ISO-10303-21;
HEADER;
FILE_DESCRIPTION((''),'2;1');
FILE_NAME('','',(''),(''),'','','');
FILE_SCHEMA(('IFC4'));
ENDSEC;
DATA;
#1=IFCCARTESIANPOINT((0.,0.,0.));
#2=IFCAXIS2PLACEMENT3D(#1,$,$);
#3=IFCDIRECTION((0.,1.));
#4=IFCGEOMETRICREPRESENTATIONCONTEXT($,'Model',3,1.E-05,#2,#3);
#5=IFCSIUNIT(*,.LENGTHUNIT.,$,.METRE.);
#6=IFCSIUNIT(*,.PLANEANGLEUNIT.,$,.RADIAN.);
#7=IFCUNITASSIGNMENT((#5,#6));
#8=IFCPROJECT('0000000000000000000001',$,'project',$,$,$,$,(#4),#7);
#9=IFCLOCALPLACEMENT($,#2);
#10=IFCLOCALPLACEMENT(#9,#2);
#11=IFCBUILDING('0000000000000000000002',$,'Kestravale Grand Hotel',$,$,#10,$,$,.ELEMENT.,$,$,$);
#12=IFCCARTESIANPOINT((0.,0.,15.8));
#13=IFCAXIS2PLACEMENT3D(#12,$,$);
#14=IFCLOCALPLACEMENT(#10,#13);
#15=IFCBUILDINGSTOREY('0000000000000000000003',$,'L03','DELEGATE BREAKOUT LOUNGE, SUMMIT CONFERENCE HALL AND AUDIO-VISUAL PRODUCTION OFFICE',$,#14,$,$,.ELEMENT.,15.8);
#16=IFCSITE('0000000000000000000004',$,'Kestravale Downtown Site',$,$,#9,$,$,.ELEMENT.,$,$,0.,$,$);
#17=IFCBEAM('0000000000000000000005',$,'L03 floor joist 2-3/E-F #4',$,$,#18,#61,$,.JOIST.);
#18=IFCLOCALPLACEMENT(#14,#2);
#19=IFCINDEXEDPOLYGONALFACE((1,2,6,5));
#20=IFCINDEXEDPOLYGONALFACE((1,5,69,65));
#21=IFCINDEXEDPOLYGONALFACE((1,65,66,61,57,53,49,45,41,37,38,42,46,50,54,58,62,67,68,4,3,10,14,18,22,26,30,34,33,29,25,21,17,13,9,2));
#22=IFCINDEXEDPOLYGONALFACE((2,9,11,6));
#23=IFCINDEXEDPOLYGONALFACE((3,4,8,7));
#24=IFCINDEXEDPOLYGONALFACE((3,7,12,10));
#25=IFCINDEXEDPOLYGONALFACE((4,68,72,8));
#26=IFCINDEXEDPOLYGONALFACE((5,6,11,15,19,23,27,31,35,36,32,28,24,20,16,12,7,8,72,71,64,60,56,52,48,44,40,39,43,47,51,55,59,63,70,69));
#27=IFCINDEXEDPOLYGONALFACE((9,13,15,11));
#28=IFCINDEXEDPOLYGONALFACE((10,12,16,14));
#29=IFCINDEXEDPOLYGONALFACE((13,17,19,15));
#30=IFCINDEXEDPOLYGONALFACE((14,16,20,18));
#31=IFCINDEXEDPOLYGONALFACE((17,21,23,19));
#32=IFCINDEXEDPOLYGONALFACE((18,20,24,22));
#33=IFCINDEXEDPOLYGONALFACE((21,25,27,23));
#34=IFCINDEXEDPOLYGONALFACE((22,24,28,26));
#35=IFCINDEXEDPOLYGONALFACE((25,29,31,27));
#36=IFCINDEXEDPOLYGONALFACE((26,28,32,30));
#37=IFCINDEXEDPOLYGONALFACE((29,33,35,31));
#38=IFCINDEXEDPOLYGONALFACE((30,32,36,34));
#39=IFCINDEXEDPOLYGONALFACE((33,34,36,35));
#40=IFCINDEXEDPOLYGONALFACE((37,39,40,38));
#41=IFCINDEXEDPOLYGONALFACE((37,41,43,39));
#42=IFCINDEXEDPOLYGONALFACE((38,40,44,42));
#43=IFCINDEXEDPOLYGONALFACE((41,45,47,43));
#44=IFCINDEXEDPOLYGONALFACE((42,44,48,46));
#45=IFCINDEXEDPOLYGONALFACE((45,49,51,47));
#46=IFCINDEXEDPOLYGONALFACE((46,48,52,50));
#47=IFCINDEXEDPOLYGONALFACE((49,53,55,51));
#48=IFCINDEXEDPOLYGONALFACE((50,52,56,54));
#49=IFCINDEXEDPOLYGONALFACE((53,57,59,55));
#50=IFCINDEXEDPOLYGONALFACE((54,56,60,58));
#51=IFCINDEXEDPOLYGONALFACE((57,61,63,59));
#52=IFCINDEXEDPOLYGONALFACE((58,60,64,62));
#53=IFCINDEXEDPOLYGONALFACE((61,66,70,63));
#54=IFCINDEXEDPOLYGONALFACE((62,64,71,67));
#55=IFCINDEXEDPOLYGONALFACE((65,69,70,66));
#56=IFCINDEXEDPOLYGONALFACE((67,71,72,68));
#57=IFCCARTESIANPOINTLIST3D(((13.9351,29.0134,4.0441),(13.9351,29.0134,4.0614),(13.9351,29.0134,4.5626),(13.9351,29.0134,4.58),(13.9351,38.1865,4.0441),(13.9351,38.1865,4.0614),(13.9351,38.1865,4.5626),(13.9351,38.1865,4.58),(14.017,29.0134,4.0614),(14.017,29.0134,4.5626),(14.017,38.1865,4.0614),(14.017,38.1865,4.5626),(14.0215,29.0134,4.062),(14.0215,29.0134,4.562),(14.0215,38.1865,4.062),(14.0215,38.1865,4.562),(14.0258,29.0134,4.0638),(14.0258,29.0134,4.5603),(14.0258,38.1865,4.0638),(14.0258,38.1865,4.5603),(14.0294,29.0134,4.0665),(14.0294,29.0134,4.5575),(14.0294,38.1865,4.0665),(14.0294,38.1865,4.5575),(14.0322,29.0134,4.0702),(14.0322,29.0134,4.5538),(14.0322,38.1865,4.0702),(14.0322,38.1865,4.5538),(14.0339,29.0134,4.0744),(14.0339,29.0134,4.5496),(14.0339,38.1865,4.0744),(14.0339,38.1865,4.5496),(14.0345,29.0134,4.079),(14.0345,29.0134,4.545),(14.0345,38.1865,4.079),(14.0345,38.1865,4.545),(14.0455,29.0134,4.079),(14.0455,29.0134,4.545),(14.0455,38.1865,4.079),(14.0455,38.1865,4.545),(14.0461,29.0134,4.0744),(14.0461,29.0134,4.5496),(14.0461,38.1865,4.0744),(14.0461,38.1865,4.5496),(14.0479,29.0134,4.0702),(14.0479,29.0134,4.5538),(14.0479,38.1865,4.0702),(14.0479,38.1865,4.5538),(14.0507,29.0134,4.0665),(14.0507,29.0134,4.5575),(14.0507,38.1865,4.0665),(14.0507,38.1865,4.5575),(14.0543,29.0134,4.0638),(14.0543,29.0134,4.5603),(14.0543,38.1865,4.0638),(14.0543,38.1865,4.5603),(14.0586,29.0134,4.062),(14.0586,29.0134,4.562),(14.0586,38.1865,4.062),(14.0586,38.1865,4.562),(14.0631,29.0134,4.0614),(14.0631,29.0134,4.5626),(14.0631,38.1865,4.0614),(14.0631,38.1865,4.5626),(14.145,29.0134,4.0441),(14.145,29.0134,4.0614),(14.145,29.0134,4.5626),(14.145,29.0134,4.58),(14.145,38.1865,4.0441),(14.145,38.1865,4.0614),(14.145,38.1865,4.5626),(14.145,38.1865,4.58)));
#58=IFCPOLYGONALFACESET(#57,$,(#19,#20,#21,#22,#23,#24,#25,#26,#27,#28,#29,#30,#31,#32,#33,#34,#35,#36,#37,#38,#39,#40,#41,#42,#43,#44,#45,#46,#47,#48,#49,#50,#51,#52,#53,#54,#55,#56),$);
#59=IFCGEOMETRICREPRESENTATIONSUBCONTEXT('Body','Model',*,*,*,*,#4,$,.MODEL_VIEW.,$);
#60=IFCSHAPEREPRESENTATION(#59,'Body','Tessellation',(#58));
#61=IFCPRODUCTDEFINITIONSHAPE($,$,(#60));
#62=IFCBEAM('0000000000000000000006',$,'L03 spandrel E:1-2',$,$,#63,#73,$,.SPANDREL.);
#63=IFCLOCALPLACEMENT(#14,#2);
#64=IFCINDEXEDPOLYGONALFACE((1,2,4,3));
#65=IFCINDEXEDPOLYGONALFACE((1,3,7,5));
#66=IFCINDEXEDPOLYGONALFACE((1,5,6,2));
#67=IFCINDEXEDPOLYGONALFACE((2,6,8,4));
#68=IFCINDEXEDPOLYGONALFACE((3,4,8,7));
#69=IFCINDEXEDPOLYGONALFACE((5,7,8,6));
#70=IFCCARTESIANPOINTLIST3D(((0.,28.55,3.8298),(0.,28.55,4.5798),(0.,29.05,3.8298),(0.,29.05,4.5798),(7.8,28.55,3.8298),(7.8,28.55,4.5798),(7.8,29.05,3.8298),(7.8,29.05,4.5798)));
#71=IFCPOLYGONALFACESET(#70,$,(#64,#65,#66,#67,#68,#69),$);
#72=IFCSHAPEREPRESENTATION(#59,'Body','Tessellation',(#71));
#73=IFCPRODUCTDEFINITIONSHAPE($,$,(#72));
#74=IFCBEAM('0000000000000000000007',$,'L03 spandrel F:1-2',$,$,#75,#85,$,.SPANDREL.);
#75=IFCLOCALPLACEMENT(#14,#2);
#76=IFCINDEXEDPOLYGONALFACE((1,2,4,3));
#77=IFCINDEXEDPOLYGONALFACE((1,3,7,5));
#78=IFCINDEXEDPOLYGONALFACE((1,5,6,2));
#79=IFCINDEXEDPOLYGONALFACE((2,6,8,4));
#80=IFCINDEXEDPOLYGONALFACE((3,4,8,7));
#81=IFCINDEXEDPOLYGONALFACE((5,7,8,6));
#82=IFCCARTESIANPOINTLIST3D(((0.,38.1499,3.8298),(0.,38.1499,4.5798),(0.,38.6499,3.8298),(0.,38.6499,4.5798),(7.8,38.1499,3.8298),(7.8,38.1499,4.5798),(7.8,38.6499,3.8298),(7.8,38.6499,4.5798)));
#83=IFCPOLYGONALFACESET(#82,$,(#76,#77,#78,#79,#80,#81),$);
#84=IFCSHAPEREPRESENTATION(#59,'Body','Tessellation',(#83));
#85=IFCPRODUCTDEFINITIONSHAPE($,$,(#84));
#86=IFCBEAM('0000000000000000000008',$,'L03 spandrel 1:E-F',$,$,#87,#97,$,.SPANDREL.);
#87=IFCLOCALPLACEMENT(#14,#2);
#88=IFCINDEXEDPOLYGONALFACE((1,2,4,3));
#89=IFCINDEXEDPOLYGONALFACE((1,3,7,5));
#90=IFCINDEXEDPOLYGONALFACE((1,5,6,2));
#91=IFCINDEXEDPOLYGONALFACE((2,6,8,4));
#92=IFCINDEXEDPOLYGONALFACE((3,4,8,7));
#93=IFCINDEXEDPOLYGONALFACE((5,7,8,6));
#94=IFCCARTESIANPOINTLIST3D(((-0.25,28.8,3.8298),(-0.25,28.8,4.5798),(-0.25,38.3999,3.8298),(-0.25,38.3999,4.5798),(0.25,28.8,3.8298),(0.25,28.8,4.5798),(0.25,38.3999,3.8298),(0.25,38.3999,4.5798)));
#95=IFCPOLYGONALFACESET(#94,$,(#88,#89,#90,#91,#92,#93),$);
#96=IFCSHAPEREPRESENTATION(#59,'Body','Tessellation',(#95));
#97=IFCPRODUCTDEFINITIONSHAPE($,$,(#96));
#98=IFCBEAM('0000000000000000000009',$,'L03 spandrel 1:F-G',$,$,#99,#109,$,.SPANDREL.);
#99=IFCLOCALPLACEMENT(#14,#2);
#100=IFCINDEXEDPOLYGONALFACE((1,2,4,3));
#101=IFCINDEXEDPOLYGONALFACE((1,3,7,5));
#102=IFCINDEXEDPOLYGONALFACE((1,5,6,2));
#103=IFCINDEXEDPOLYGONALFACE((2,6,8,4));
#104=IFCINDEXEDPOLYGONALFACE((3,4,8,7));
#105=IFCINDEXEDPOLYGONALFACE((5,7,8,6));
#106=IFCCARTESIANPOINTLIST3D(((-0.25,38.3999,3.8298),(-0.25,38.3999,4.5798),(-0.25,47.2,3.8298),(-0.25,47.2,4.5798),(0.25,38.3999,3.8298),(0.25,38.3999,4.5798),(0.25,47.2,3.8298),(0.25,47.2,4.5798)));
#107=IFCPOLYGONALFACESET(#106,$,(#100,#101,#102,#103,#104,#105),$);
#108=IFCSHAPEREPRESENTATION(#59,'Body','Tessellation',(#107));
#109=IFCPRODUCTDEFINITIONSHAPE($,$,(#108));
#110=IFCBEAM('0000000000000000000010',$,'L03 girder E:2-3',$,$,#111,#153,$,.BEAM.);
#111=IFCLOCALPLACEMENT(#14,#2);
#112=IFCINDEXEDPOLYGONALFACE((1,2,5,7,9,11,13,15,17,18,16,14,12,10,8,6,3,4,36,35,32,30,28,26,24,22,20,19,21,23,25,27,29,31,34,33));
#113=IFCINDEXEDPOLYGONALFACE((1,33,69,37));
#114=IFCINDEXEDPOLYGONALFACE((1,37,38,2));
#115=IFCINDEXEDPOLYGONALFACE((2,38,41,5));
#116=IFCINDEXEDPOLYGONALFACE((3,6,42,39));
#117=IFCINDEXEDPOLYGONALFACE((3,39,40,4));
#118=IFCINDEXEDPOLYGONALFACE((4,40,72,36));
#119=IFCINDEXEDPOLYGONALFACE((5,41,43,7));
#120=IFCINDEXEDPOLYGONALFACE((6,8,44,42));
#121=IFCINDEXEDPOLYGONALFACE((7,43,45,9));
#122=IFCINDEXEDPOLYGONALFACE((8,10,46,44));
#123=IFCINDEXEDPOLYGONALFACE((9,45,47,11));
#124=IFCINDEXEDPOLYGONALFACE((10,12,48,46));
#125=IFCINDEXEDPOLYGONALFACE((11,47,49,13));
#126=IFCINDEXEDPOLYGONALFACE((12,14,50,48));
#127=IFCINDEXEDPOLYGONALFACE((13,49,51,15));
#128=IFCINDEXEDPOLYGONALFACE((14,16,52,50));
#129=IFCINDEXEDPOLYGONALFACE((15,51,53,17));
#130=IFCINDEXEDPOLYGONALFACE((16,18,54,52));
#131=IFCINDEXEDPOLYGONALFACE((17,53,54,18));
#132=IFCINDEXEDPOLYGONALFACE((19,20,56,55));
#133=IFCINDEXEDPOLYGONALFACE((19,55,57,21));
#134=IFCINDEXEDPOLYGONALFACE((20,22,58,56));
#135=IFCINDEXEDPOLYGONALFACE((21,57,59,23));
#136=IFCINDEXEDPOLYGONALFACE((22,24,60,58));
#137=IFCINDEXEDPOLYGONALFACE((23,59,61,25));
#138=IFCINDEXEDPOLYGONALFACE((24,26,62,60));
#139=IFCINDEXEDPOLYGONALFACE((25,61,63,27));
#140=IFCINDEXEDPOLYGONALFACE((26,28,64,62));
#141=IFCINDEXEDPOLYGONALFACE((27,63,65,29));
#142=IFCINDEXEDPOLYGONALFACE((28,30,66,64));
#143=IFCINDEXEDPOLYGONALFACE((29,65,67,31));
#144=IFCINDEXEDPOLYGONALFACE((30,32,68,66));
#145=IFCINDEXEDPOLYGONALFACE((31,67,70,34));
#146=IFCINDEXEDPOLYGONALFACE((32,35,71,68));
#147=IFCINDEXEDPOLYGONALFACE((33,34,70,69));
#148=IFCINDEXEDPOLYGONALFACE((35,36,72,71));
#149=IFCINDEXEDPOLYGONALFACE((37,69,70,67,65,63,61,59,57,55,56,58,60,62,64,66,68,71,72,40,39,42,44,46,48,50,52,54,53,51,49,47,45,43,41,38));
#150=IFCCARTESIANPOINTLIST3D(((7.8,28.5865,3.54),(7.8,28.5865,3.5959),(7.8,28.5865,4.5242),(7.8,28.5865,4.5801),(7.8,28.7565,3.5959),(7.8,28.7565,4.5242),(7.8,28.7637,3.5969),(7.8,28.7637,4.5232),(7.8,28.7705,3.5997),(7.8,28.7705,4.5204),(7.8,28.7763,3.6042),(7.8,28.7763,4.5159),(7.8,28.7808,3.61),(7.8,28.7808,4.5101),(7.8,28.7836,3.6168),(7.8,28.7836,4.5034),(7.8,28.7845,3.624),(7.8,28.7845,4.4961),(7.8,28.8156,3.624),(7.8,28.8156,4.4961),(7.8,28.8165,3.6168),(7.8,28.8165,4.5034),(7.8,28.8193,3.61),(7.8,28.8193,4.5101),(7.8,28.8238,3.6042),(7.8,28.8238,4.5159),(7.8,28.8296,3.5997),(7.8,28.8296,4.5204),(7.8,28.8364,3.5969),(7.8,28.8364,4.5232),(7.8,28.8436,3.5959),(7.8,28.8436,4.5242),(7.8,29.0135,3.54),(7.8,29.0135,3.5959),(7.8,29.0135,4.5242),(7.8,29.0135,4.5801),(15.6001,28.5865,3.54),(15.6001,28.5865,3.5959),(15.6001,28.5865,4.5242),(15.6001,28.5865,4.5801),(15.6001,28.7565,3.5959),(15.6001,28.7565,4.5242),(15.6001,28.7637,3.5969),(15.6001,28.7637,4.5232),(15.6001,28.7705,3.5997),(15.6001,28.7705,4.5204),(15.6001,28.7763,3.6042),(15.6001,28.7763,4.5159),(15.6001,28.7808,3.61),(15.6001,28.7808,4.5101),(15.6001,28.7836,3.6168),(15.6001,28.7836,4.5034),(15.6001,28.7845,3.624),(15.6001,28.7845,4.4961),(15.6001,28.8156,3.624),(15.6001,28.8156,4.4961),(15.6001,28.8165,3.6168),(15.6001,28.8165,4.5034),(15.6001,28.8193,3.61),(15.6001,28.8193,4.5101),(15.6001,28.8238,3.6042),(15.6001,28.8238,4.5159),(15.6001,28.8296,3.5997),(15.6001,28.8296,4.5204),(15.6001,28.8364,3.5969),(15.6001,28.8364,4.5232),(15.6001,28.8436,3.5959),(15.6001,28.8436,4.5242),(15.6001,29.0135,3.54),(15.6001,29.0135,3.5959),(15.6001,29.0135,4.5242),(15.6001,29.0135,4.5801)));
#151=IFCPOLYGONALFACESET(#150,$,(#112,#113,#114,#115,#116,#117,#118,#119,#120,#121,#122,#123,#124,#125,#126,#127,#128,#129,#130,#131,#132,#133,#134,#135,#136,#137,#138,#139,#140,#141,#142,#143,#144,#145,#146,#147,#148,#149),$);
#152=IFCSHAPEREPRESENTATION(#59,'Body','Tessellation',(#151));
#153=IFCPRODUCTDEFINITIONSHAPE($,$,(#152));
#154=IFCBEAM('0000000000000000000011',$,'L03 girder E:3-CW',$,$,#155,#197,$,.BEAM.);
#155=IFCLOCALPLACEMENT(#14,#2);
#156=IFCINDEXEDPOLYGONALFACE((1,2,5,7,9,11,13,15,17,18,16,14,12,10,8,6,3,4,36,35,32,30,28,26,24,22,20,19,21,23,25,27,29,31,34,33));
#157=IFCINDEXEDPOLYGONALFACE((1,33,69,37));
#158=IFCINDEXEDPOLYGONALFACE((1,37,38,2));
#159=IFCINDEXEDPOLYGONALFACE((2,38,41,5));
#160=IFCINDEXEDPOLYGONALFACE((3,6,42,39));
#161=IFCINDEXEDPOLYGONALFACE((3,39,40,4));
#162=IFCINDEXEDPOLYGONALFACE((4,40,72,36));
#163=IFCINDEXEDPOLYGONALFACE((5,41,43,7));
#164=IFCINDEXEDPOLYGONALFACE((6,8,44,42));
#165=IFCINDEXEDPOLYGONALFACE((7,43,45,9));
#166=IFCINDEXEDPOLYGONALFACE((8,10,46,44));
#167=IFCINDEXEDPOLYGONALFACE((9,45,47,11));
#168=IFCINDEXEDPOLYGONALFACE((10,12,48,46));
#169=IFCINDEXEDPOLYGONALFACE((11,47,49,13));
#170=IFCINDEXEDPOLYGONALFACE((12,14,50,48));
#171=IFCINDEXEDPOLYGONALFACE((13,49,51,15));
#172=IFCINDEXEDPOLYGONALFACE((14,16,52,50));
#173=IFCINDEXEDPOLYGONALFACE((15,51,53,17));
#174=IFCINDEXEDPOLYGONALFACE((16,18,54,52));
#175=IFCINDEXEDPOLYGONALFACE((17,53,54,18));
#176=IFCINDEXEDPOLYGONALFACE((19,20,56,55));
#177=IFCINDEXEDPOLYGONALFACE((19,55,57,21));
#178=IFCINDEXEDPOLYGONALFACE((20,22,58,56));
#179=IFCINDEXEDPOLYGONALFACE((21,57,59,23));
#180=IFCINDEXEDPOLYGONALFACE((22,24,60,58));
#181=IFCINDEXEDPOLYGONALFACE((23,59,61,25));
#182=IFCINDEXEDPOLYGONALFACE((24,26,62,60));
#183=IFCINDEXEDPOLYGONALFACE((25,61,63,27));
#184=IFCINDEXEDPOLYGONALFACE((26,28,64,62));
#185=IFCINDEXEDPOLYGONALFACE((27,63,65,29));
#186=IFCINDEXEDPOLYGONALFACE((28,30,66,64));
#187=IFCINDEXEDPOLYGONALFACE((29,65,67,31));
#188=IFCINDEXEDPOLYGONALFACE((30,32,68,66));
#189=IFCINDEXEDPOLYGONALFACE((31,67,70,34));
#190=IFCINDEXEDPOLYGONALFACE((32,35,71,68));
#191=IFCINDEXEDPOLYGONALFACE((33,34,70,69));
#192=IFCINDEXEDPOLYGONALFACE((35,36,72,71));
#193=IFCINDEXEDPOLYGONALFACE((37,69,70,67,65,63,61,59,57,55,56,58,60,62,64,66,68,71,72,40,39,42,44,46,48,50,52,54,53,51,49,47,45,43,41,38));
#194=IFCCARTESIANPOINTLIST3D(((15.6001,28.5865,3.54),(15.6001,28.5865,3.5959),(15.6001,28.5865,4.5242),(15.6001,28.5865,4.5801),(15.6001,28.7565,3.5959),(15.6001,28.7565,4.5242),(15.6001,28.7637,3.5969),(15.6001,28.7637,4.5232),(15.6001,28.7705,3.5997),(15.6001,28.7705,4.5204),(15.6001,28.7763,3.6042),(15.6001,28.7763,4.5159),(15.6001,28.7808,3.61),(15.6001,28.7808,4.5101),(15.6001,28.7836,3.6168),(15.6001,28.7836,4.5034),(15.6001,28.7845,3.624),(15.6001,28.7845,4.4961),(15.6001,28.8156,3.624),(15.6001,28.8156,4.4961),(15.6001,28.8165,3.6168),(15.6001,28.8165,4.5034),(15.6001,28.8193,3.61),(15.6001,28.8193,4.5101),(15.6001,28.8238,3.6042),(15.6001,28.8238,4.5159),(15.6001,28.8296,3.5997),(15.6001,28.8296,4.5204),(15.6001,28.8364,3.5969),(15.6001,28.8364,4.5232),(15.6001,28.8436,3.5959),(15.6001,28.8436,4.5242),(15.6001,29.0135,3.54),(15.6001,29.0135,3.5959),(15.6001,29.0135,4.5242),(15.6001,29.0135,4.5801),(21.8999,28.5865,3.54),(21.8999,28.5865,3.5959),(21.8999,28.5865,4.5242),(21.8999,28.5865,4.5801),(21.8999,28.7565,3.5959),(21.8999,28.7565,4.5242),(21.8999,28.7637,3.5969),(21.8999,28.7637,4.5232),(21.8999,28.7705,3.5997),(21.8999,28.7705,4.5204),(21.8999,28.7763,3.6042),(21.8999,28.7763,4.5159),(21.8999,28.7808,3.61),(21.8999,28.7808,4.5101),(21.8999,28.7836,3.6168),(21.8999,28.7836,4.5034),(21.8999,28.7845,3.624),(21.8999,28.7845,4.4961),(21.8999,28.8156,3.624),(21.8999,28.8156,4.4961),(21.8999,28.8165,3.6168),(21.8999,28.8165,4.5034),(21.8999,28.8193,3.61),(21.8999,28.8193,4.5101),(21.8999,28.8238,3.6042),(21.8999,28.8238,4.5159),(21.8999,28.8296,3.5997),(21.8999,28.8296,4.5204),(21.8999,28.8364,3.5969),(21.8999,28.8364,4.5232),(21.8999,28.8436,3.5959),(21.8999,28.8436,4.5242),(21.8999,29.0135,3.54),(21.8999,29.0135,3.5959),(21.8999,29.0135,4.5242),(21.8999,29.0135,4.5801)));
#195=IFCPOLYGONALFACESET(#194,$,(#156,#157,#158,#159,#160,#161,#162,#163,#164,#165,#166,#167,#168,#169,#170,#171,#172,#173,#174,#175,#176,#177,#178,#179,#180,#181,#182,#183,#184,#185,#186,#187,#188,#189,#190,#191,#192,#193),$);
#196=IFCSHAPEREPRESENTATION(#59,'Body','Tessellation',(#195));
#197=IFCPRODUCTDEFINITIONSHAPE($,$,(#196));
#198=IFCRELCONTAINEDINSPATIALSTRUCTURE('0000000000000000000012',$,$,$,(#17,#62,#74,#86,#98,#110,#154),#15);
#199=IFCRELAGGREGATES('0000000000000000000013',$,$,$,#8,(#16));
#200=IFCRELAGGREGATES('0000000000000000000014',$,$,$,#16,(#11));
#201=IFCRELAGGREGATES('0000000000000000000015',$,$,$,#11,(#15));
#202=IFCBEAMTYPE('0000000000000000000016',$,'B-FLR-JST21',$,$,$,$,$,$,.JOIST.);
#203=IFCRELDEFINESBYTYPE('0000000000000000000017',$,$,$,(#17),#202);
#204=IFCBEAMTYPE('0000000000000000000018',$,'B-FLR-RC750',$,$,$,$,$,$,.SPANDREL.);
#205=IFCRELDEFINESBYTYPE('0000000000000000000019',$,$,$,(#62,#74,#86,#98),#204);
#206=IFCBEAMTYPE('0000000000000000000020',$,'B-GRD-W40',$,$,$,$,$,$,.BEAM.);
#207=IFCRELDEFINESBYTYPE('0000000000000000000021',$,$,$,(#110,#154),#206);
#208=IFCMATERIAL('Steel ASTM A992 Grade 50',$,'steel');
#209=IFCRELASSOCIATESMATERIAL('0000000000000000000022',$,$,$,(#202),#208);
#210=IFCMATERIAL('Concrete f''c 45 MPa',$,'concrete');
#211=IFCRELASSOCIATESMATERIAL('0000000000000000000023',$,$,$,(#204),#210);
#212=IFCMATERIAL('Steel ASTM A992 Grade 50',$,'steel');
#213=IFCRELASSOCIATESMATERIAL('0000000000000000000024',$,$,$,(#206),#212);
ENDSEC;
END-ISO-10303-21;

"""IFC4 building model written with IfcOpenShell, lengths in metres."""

from ifc_helpers import new_model, si_unit, direction, frame, origin, origin_2d, place, context, subcontext, project, spatial, rectangle, i_section, extrude, material, material_profile, profile_set, type_object, element, save


model = new_model("IFC4")

# Units and contexts
model_context = context("Model", 3, precision=1e-05, world=origin(), true_north=direction((0.0, 1.0)))
body_context = subcontext(model_context, "Body", "Model", "MODEL_VIEW")
ifc_project = project(units=[si_unit("LENGTHUNIT", "METRE"), si_unit("PLANEANGLEUNIT", "RADIAN")], contexts=[model_context])

# Site, building, storey
site_placement = place(None, origin())
site = spatial("IfcSite", under=ifc_project, at=site_placement, Name="Kestravale Downtown Site", CompositionType="ELEMENT", RefElevation=0.0)
building_placement = place(site_placement, origin())
building = spatial("IfcBuilding", under=site, at=building_placement, Name="Kestravale Grand Hotel", CompositionType="ELEMENT")
storey_placement = place(building_placement, frame((0.0, 0.0, 15.8)))
storey = spatial("IfcBuildingStorey", under=building, at=storey_placement, Name="L03", Description="DELEGATE BREAKOUT LOUNGE, SUMMIT CONFERENCE HALL AND AUDIO-VISUAL PRODUCTION OFFICE", CompositionType="ELEMENT", Elevation=15.8)

# Beams
ifc_material_1 = material(Name="Steel ASTM A992 Grade 50", Category="steel")
ifc_material_profile_1 = material_profile(ifc_material_1, i_section(OverallWidth=0.21, OverallDepth=0.5359, WebThickness=0.011, FlangeThickness=0.0173, FilletRadius=0.0176, at=origin_2d()))
ifc_profile_set_1 = profile_set([ifc_material_profile_1], Name="Steel ASTM A992 Grade 50")
beam_type_1 = type_object("IfcBeamType", Name="B-FLR-JST21", PredefinedType="JOIST", material=ifc_profile_set_1)
for number, where, z_axis, x_axis, name in (
    (1, (14.04, 29.0134, 4.312), (0.0, 1.0, 0.0), (-1.0, 0.0, 0.0), "L03 floor joist 2-3/E-F #4"),
):
    element("IfcBeam", number, at=place(storey_placement, frame(where, z_axis=z_axis, x_axis=x_axis)), inside=storey, type_object=beam_type_1, Name=name, PredefinedType="JOIST", context=body_context, shape_type="SweptSolid", body=[
        extrude(i_section(OverallWidth=0.21, OverallDepth=0.5359, WebThickness=0.011, FlangeThickness=0.0173, FilletRadius=0.0176, at=origin_2d()), origin(), (0.0, 0.0, 1.0), 9.1731),
    ])
ifc_material_2 = material(Name="Concrete f'c 45 MPa", Category="concrete")
ifc_material_profile_2 = material_profile(ifc_material_2, rectangle(XDim=0.5, YDim=0.75, at=origin_2d()))
ifc_profile_set_2 = profile_set([ifc_material_profile_2], Name="Concrete f'c 45 MPa")
beam_type_2 = type_object("IfcBeamType", Name="B-FLR-RC750", PredefinedType="SPANDREL", material=ifc_profile_set_2)
for number, where, z_axis, x_axis, name in (
    (2, (0.0, 28.8, 4.2048), (1.0, 0.0, 0.0), (0.0, 1.0, 0.0), "L03 spandrel E:1-2"),
    (3, (0.0, 38.3999, 4.2048), (1.0, 0.0, 0.0), (0.0, 1.0, 0.0), "L03 spandrel F:1-2"),
):
    element("IfcBeam", number, at=place(storey_placement, frame(where, z_axis=z_axis, x_axis=x_axis)), inside=storey, type_object=beam_type_2, Name=name, PredefinedType="SPANDREL", context=body_context, shape_type="SweptSolid", body=[
        extrude(rectangle(XDim=0.5, YDim=0.75, at=origin_2d()), origin(), (0.0, 0.0, 1.0), 7.8),
    ])
beam_1_placement = place(storey_placement, frame((0.0, 28.8, 4.2048), z_axis=(0.0, 1.0, 0.0), x_axis=(-1.0, 0.0, 0.0)))
element("IfcBeam", 4, at=beam_1_placement, inside=storey, type_object=beam_type_2, Name="L03 spandrel 1:E-F", PredefinedType="SPANDREL", context=body_context, shape_type="SweptSolid", body=[
    extrude(rectangle(XDim=0.5, YDim=0.75, at=origin_2d()), origin(), (0.0, 0.0, 1.0), 9.5999),
])
beam_2_placement = place(storey_placement, frame((0.0, 38.3999, 4.2048), z_axis=(0.0, 1.0, 0.0), x_axis=(-1.0, 0.0, 0.0)))
element("IfcBeam", 5, at=beam_2_placement, inside=storey, type_object=beam_type_2, Name="L03 spandrel 1:F-G", PredefinedType="SPANDREL", context=body_context, shape_type="SweptSolid", body=[
    extrude(rectangle(XDim=0.5, YDim=0.75, at=origin_2d()), origin(), (0.0, 0.0, 1.0), 8.8),
])
ifc_material_3 = material(Name="Steel ASTM A992 Grade 50", Category="steel")
ifc_material_profile_3 = material_profile(ifc_material_3, i_section(OverallWidth=0.427, OverallDepth=1.04, WebThickness=0.031, FlangeThickness=0.0559, FilletRadius=0.0281, at=origin_2d()))
ifc_profile_set_3 = profile_set([ifc_material_profile_3], Name="Steel ASTM A992 Grade 50")
beam_type_3 = type_object("IfcBeamType", Name="B-GRD-W40", PredefinedType="BEAM", material=ifc_profile_set_3)
beam_3_placement = place(storey_placement, frame((7.8, 28.8, 4.0601), z_axis=(1.0, 0.0, 0.0), x_axis=(0.0, 1.0, 0.0)))
element("IfcBeam", 6, at=beam_3_placement, inside=storey, type_object=beam_type_3, Name="L03 girder E:2-3", PredefinedType="BEAM", context=body_context, shape_type="SweptSolid", body=[
    extrude(i_section(OverallWidth=0.427, OverallDepth=1.04, WebThickness=0.031, FlangeThickness=0.0559, FilletRadius=0.0281, at=origin_2d()), origin(), (0.0, 0.0, 1.0), 7.8),
])
beam_4_placement = place(storey_placement, frame((15.6001, 28.8, 4.0601), z_axis=(1.0, 0.0, 0.0), x_axis=(0.0, 1.0, 0.0)))
element("IfcBeam", 7, at=beam_4_placement, inside=storey, type_object=beam_type_3, Name="L03 girder E:3-CW", PredefinedType="BEAM", context=body_context, shape_type="SweptSolid", body=[
    extrude(i_section(OverallWidth=0.427, OverallDepth=1.04, WebThickness=0.031, FlangeThickness=0.0559, FilletRadius=0.0281, at=origin_2d()), origin(), (0.0, 0.0, 1.0), 6.2998),
])

save(model, "model.ifc")
